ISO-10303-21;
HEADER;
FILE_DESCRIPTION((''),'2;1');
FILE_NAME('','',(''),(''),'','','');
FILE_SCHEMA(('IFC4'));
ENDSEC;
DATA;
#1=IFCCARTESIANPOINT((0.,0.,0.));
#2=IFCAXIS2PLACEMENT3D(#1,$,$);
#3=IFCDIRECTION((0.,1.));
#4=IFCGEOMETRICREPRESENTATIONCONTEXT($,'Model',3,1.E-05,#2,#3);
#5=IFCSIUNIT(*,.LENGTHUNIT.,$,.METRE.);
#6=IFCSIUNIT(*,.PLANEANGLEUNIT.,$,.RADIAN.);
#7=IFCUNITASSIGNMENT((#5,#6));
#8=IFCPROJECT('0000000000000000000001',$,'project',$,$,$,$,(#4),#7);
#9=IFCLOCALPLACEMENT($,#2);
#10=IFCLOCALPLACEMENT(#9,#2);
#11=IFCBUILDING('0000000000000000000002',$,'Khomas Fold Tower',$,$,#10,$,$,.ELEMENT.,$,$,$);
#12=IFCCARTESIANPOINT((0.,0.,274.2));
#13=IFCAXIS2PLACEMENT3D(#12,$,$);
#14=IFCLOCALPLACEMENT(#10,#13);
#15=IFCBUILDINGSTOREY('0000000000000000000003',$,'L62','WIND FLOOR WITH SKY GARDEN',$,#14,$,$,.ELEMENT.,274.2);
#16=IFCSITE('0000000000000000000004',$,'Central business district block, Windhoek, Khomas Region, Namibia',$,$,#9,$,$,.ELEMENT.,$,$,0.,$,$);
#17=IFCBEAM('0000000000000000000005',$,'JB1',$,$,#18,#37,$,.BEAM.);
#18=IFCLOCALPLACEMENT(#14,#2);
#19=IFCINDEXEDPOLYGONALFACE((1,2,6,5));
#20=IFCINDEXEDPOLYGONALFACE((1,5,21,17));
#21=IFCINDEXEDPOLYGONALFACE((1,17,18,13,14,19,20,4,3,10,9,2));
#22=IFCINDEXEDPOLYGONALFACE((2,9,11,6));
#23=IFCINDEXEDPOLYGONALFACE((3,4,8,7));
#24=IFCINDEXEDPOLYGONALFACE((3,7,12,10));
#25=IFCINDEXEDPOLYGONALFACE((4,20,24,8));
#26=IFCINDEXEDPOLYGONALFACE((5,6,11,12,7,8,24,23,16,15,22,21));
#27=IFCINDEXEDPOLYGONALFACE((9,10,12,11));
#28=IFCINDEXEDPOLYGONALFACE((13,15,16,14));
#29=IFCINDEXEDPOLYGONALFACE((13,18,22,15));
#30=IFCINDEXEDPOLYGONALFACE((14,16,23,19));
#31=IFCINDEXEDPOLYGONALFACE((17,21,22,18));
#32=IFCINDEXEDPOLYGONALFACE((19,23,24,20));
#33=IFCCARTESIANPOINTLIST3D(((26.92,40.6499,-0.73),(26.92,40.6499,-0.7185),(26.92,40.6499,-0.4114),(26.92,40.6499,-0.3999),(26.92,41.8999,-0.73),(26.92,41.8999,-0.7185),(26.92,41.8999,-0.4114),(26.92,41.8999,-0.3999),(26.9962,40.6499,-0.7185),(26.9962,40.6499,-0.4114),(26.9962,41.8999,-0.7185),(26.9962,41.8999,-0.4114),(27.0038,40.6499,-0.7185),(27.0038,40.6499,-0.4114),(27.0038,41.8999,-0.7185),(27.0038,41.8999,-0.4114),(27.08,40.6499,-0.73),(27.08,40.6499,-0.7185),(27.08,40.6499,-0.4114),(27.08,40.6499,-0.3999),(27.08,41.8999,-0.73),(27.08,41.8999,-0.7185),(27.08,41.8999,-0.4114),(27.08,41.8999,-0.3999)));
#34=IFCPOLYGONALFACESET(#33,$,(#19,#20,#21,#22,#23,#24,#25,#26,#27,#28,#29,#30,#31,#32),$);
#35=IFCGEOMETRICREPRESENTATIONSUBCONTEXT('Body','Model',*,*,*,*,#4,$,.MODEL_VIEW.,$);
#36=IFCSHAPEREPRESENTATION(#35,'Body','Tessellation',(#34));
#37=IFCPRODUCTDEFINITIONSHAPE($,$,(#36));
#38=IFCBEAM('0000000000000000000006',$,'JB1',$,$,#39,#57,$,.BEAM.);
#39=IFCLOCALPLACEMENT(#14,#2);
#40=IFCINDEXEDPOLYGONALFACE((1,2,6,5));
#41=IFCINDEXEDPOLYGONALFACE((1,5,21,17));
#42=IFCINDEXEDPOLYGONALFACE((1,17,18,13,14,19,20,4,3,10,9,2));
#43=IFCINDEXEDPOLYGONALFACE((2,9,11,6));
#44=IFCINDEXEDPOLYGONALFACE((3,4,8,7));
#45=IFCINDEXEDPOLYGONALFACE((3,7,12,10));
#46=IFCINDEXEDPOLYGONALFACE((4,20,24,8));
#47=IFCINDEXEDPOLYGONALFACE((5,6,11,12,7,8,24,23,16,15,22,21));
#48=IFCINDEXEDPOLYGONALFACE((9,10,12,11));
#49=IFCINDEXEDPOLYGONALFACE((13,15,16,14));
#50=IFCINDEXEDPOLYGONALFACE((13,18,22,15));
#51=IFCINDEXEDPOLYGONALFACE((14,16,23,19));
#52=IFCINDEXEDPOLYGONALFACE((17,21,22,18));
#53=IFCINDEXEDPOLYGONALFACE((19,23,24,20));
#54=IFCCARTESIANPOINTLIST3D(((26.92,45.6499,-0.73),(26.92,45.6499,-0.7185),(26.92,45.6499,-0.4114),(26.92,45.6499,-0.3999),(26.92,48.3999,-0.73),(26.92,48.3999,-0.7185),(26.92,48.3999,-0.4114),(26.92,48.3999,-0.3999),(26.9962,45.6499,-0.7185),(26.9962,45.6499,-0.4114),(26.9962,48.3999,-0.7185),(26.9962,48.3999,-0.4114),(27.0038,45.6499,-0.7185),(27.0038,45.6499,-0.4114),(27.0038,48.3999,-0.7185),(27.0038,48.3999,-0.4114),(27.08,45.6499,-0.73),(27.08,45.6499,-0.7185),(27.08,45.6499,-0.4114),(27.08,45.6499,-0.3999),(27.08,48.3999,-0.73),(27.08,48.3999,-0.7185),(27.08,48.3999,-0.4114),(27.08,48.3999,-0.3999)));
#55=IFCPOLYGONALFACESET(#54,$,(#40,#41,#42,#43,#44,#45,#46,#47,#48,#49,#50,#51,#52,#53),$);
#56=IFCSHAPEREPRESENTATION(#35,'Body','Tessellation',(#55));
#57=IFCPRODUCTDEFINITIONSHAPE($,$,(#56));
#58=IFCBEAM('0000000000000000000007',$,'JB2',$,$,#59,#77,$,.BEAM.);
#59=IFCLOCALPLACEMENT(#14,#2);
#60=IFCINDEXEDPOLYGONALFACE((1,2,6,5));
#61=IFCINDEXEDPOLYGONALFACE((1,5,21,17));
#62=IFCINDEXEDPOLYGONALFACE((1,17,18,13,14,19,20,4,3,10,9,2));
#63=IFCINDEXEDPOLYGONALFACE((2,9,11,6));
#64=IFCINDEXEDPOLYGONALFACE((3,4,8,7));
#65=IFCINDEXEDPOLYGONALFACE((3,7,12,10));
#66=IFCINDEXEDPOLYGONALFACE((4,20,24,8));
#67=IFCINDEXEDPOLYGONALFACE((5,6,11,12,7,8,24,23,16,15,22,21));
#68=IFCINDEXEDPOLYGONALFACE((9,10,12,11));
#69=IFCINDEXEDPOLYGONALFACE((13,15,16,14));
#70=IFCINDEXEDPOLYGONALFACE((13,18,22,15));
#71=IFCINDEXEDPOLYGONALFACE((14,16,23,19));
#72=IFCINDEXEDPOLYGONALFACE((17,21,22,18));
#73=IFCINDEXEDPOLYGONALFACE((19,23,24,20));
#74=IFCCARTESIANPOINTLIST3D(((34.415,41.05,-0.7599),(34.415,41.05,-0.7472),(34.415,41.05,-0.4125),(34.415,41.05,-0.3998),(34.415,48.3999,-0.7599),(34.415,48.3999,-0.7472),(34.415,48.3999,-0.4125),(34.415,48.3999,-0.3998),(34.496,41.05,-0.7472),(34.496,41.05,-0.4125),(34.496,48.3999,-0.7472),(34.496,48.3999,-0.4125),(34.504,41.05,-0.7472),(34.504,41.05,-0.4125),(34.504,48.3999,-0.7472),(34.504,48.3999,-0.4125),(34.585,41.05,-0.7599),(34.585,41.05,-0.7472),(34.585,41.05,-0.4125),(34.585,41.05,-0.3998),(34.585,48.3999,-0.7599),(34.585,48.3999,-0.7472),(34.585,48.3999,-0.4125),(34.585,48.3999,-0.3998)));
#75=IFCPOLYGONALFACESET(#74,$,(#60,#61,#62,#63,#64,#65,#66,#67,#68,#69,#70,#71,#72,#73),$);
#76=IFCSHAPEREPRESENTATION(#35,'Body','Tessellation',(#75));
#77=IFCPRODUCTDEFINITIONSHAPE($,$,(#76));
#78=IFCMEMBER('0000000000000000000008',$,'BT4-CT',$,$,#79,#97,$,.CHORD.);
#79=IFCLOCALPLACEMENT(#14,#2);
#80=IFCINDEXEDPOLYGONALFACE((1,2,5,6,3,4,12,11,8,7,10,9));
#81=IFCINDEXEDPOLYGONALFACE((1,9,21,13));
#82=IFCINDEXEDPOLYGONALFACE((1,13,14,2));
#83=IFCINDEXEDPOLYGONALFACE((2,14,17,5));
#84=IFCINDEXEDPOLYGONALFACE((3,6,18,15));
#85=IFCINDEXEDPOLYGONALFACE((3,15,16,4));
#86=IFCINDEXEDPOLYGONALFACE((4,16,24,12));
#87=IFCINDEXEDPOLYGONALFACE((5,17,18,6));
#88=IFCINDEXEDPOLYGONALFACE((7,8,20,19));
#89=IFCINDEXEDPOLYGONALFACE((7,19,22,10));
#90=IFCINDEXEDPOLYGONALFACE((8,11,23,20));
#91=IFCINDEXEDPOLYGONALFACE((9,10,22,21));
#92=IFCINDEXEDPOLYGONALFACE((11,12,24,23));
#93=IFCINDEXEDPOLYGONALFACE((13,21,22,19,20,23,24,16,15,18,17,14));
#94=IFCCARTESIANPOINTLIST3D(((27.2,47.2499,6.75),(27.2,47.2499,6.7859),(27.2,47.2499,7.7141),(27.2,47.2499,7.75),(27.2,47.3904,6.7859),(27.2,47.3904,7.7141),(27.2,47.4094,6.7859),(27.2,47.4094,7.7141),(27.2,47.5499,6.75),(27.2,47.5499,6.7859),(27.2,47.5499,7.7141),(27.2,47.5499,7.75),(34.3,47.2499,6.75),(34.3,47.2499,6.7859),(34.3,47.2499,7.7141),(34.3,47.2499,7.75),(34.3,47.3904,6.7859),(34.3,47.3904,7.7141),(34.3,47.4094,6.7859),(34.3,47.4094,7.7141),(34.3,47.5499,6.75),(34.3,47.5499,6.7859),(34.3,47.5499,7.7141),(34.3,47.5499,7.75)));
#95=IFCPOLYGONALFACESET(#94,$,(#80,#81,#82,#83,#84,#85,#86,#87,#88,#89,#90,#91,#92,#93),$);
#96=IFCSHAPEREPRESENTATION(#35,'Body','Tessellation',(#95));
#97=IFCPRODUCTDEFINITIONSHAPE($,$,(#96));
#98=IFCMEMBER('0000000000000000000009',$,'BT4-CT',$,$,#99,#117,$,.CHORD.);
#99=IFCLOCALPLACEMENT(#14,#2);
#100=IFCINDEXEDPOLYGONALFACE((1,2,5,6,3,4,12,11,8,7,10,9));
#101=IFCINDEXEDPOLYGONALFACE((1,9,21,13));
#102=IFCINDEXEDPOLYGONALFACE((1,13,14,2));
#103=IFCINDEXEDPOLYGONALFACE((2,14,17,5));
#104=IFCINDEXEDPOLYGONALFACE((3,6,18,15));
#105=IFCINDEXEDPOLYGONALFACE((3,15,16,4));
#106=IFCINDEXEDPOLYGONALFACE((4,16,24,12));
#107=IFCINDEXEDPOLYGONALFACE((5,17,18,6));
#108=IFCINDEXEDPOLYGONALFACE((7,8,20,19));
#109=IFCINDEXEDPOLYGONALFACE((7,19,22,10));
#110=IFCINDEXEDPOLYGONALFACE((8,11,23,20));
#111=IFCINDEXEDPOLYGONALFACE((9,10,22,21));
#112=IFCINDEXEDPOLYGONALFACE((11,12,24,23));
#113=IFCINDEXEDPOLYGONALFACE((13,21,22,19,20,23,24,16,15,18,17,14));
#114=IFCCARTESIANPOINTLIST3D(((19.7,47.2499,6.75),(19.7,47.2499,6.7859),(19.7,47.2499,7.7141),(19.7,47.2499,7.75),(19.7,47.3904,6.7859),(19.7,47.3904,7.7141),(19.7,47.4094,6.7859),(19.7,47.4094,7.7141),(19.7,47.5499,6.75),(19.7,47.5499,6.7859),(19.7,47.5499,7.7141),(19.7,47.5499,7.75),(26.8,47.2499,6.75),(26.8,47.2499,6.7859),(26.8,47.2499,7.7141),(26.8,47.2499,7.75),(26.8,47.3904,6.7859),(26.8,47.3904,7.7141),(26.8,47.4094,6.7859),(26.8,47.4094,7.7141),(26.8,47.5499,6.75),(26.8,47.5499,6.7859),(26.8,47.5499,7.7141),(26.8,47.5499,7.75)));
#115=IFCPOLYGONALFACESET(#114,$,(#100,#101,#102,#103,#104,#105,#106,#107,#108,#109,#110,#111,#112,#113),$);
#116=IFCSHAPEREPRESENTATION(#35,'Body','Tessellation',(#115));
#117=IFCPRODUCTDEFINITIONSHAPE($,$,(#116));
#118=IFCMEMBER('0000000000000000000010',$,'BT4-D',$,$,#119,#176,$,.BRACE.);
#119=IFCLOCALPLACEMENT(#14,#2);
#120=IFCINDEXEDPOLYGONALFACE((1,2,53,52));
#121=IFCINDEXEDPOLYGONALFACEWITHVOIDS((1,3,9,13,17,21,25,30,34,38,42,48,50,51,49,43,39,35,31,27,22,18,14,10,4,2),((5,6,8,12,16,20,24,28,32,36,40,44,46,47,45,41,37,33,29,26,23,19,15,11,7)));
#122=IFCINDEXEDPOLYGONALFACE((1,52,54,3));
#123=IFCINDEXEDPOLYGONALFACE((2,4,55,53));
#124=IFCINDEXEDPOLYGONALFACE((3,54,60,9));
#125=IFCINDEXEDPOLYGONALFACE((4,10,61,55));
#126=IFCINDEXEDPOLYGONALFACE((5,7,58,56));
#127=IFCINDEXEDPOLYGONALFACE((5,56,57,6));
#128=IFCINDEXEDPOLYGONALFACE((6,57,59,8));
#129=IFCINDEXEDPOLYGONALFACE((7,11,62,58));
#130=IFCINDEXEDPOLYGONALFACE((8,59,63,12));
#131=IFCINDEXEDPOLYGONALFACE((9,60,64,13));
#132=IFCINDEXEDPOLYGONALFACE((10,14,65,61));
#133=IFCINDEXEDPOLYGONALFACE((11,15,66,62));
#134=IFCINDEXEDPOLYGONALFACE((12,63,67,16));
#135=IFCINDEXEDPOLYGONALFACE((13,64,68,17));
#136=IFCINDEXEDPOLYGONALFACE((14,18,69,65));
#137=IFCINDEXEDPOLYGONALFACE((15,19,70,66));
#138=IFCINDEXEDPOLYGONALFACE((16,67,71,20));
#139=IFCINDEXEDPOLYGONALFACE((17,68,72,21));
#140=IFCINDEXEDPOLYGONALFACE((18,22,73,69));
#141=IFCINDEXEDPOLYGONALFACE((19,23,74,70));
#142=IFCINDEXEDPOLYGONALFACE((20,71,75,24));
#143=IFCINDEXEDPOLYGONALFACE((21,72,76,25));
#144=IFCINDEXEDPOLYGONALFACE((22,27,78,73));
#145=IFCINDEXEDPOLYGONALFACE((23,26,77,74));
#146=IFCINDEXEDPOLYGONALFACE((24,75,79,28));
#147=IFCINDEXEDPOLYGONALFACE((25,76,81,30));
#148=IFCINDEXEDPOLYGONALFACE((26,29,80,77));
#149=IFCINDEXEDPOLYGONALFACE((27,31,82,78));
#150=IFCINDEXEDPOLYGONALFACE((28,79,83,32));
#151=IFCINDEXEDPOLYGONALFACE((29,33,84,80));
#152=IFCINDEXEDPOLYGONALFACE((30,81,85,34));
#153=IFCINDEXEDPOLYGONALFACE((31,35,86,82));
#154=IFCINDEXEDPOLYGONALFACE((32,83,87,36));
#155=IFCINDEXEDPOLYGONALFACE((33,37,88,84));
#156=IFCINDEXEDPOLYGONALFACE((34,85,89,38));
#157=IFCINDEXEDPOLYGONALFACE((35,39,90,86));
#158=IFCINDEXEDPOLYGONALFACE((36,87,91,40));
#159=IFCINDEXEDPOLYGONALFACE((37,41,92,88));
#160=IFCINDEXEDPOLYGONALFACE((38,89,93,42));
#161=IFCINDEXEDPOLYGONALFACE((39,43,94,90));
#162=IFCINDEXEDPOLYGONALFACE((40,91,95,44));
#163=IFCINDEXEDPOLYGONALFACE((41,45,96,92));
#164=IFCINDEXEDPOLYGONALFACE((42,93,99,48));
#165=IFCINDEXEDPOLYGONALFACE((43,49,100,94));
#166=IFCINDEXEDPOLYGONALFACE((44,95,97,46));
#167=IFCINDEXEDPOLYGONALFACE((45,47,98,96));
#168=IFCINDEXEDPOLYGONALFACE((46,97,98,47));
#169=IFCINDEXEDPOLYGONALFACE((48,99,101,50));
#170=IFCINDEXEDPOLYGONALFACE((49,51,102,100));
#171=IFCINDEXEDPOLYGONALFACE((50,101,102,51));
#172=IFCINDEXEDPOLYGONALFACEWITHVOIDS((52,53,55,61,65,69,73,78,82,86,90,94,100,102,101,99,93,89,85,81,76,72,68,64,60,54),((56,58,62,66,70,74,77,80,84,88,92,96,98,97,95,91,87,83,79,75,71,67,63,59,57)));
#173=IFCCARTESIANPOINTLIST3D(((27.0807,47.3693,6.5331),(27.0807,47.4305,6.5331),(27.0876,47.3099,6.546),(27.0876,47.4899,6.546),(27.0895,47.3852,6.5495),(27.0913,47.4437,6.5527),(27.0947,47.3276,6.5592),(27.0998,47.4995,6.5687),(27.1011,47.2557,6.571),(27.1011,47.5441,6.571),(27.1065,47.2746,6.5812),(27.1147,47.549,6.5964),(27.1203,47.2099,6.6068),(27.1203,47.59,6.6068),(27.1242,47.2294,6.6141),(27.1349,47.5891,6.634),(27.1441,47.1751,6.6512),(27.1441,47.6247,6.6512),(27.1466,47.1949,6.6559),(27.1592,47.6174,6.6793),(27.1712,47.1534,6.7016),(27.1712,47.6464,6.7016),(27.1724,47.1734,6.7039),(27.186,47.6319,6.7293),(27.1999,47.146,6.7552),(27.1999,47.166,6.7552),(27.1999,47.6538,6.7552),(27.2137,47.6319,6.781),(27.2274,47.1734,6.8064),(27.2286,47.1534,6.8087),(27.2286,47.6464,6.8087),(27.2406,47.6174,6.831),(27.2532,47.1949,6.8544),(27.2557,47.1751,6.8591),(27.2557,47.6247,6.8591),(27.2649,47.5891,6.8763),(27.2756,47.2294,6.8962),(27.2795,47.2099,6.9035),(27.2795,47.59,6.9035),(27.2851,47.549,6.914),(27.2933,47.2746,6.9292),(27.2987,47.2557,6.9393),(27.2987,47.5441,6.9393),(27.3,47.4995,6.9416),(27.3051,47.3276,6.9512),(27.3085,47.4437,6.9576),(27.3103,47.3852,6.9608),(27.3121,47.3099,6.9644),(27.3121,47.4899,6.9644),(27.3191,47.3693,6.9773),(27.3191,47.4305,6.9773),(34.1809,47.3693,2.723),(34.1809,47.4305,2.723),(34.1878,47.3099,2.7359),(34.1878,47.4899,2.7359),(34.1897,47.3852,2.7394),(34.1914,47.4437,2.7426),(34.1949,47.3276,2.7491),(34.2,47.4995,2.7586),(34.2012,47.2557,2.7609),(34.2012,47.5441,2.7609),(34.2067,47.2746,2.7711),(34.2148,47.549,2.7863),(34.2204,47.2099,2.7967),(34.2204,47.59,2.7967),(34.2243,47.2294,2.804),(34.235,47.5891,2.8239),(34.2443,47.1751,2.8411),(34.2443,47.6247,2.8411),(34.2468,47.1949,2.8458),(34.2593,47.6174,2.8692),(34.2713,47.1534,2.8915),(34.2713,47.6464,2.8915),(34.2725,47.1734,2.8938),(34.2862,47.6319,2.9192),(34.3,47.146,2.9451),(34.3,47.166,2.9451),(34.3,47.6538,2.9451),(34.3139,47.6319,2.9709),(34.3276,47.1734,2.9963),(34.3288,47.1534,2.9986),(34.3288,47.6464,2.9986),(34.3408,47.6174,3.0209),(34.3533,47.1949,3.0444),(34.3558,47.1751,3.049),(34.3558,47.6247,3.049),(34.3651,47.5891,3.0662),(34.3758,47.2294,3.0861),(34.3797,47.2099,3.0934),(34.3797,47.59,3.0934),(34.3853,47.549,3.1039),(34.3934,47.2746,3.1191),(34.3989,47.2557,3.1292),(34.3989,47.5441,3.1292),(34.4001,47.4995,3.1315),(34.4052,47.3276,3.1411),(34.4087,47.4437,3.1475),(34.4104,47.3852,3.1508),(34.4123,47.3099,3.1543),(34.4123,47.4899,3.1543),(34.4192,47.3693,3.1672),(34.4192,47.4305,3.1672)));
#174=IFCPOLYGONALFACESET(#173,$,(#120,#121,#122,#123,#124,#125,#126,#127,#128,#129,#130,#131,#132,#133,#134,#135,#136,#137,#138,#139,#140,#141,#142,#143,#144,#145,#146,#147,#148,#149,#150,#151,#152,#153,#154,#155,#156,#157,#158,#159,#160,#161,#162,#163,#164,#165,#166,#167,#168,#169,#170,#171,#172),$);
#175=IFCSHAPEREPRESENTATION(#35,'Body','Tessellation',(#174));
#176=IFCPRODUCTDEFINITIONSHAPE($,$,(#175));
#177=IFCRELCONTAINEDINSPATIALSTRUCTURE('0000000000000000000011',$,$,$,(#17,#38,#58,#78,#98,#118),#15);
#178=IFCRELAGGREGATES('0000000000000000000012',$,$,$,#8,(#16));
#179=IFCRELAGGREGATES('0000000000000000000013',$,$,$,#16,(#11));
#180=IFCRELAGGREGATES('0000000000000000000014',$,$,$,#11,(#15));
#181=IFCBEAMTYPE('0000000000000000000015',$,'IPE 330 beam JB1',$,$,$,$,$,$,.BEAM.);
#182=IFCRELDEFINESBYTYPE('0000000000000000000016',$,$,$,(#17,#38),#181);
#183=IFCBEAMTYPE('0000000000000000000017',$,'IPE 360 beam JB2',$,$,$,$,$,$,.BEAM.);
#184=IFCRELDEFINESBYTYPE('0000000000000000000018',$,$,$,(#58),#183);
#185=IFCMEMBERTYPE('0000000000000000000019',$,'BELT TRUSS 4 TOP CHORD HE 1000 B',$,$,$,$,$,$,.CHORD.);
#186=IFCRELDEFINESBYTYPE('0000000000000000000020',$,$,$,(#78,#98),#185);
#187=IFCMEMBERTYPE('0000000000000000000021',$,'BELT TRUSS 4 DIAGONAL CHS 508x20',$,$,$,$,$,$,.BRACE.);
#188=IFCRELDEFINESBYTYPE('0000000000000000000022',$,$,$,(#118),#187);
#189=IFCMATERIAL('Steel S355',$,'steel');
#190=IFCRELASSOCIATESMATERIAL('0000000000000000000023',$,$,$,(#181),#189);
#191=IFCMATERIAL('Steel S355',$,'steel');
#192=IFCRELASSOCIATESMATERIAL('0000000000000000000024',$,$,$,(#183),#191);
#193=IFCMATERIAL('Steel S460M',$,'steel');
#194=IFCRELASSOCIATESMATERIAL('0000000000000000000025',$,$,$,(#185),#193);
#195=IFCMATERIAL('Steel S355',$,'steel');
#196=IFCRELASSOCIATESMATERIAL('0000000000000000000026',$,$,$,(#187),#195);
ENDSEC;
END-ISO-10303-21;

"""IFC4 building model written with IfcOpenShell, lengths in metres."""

from ifc_helpers import new_model, si_unit, direction, frame, origin, origin_2d, place, context, subcontext, project, spatial, hollow_circle, i_section, extrude, source, transform, mapped, material, material_profile, profile_set, type_object, element, save


model = new_model("IFC4")

# Units and contexts
model_context = context("Model", 3, precision=1e-05, world=origin(), true_north=direction((0.0, 1.0)))
body_context = subcontext(model_context, "Body", "Model", "MODEL_VIEW")
ifc_project = project(units=[si_unit("LENGTHUNIT", "METRE"), si_unit("PLANEANGLEUNIT", "RADIAN")], contexts=[model_context])

# Site, building, storey
site_placement = place(None, origin())
site = spatial("IfcSite", under=ifc_project, at=site_placement, Name="Central business district block, Windhoek, Khomas Region, Namibia", CompositionType="ELEMENT", RefElevation=0.0)
building_placement = place(site_placement, origin())
building = spatial("IfcBuilding", under=site, at=building_placement, Name="Khomas Fold Tower", CompositionType="ELEMENT")
storey_placement = place(building_placement, frame((0.0, 0.0, 274.2)))
storey = spatial("IfcBuildingStorey", under=building, at=storey_placement, Name="L62", Description="WIND FLOOR WITH SKY GARDEN", CompositionType="ELEMENT", Elevation=274.2)

# Beams
ifc_material_1 = material(Name="Steel S355", Category="steel")
ifc_material_profile_1 = material_profile(ifc_material_1, i_section(OverallWidth=0.1599, OverallDepth=0.3301, WebThickness=0.0076, FlangeThickness=0.0115, at=origin_2d()), Name="IPE 330")
ifc_profile_set_1 = profile_set([ifc_material_profile_1], Name="Steel S355")
beam_type_1 = type_object("IfcBeamType", Name="IPE 330 beam JB1", PredefinedType="BEAM", material=ifc_profile_set_1)
shared_shape_1 = source(origin(), body_context, "Body", "SweptSolid", [
    extrude(i_section(OverallWidth=0.1599, OverallDepth=0.3301, WebThickness=0.0076, FlangeThickness=0.0115, at=origin_2d()), origin(), (0.0, 0.0, 1.0), 1.25),
])
beam_1_placement = place(storey_placement, frame((27.0, 40.6499, -0.5649), z_axis=(0.0, 1.0, 0.0), x_axis=(-1.0, 0.0, 0.0)))
element("IfcBeam", 1, at=beam_1_placement, inside=storey, type_object=beam_type_1, Name="JB1", PredefinedType="BEAM", context=body_context, shape_type="MappedRepresentation", body=[
    mapped(shared_shape_1, transform((0.0, 0.0, 0.0))),
])
shared_shape_2 = source(origin(), body_context, "Body", "SweptSolid", [
    extrude(i_section(OverallWidth=0.1599, OverallDepth=0.3301, WebThickness=0.0076, FlangeThickness=0.0115, at=origin_2d()), origin(), (0.0, 0.0, 1.0), 2.75),
])
beam_2_placement = place(storey_placement, frame((27.0, 45.6499, -0.5649), z_axis=(0.0, 1.0, 0.0), x_axis=(-1.0, 0.0, 0.0)))
element("IfcBeam", 2, at=beam_2_placement, inside=storey, type_object=beam_type_1, Name="JB1", PredefinedType="BEAM", context=body_context, shape_type="MappedRepresentation", body=[
    mapped(shared_shape_2, transform((0.0, 0.0, 0.0))),
])
ifc_material_2 = material(Name="Steel S355", Category="steel")
ifc_material_profile_2 = material_profile(ifc_material_2, i_section(OverallWidth=0.1699, OverallDepth=0.3601, WebThickness=0.0081, FlangeThickness=0.0127, at=origin_2d()), Name="IPE 360")
ifc_profile_set_2 = profile_set([ifc_material_profile_2], Name="Steel S355")
beam_type_2 = type_object("IfcBeamType", Name="IPE 360 beam JB2", PredefinedType="BEAM", material=ifc_profile_set_2)
shared_shape_3 = source(origin(), body_context, "Body", "SweptSolid", [
    extrude(i_section(OverallWidth=0.1699, OverallDepth=0.3601, WebThickness=0.0081, FlangeThickness=0.0127, at=origin_2d()), origin(), (0.0, 0.0, 1.0), 7.3499),
])
beam_3_placement = place(storey_placement, frame((34.5, 41.05, -0.5798), z_axis=(0.0, 1.0, 0.0), x_axis=(-1.0, 0.0, 0.0)))
element("IfcBeam", 3, at=beam_3_placement, inside=storey, type_object=beam_type_2, Name="JB2", PredefinedType="BEAM", context=body_context, shape_type="MappedRepresentation", body=[
    mapped(shared_shape_3, transform((0.0, 0.0, 0.0))),
])

# Members
ifc_material_3 = material(Name="Steel S460M", Category="steel")
ifc_material_profile_3 = material_profile(ifc_material_3, i_section(OverallWidth=0.3, OverallDepth=1.0, WebThickness=0.019, FlangeThickness=0.0359, at=origin_2d()), Name="HE 1000 B")
ifc_profile_set_3 = profile_set([ifc_material_profile_3], Name="Steel S460M")
member_type_1 = type_object("IfcMemberType", Name="BELT TRUSS 4 TOP CHORD HE 1000 B", PredefinedType="CHORD", material=ifc_profile_set_3)
shared_shape_4 = source(origin(), body_context, "Body", "SweptSolid", [
    extrude(i_section(OverallWidth=0.3, OverallDepth=1.0, WebThickness=0.019, FlangeThickness=0.0359, at=origin_2d()), origin(), (0.0, 0.0, 1.0), 7.1001),
])
for number, where, z_axis, x_axis, name in (
    (4, (34.3, 47.3999, 7.25), (-1.0, 0.0, 0.0), (0.0, -1.0, 0.0), "BT4-CT"),
    (5, (26.8, 47.3999, 7.25), (-1.0, 0.0, 0.0), (0.0, -1.0, 0.0), "BT4-CT"),
):
    element("IfcMember", number, at=place(storey_placement, frame(where, z_axis=z_axis, x_axis=x_axis)), inside=storey, type_object=member_type_1, Name=name, PredefinedType="CHORD", context=body_context, shape_type="MappedRepresentation", body=[
        mapped(shared_shape_4, transform((0.0, 0.0, 0.0))),
    ])
ifc_material_4 = material(Name="Steel S355", Category="steel")
ifc_material_profile_4 = material_profile(ifc_material_4, hollow_circle(Radius=0.2539, WallThickness=0.02, at=origin_2d()), Name="CHS 508x20")
ifc_profile_set_4 = profile_set([ifc_material_profile_4], Name="Steel S355")
member_type_2 = type_object("IfcMemberType", Name="BELT TRUSS 4 DIAGONAL CHS 508x20", PredefinedType="BRACE", material=ifc_profile_set_4)
shared_shape_5 = source(origin(), body_context, "Body", "SweptSolid", [
    extrude(hollow_circle(Radius=0.2539, WallThickness=0.02, at=origin_2d()), origin(), (0.0, 0.0, 1.0), 8.0579),
])
for number, where, z_axis, x_axis, name in (
    (6, (34.3, 47.3999, 2.9451), (-0.881147, 0.0, 0.472842), (0.0, -1.0, 0.0), "BT4-D"),
):
    element("IfcMember", number, at=place(storey_placement, frame(where, z_axis=z_axis, x_axis=x_axis)), inside=storey, type_object=member_type_2, Name=name, PredefinedType="BRACE", context=body_context, shape_type="MappedRepresentation", body=[
        mapped(shared_shape_5, transform((0.0, 0.0, 0.0))),
    ])

save(model, "model.ifc")
